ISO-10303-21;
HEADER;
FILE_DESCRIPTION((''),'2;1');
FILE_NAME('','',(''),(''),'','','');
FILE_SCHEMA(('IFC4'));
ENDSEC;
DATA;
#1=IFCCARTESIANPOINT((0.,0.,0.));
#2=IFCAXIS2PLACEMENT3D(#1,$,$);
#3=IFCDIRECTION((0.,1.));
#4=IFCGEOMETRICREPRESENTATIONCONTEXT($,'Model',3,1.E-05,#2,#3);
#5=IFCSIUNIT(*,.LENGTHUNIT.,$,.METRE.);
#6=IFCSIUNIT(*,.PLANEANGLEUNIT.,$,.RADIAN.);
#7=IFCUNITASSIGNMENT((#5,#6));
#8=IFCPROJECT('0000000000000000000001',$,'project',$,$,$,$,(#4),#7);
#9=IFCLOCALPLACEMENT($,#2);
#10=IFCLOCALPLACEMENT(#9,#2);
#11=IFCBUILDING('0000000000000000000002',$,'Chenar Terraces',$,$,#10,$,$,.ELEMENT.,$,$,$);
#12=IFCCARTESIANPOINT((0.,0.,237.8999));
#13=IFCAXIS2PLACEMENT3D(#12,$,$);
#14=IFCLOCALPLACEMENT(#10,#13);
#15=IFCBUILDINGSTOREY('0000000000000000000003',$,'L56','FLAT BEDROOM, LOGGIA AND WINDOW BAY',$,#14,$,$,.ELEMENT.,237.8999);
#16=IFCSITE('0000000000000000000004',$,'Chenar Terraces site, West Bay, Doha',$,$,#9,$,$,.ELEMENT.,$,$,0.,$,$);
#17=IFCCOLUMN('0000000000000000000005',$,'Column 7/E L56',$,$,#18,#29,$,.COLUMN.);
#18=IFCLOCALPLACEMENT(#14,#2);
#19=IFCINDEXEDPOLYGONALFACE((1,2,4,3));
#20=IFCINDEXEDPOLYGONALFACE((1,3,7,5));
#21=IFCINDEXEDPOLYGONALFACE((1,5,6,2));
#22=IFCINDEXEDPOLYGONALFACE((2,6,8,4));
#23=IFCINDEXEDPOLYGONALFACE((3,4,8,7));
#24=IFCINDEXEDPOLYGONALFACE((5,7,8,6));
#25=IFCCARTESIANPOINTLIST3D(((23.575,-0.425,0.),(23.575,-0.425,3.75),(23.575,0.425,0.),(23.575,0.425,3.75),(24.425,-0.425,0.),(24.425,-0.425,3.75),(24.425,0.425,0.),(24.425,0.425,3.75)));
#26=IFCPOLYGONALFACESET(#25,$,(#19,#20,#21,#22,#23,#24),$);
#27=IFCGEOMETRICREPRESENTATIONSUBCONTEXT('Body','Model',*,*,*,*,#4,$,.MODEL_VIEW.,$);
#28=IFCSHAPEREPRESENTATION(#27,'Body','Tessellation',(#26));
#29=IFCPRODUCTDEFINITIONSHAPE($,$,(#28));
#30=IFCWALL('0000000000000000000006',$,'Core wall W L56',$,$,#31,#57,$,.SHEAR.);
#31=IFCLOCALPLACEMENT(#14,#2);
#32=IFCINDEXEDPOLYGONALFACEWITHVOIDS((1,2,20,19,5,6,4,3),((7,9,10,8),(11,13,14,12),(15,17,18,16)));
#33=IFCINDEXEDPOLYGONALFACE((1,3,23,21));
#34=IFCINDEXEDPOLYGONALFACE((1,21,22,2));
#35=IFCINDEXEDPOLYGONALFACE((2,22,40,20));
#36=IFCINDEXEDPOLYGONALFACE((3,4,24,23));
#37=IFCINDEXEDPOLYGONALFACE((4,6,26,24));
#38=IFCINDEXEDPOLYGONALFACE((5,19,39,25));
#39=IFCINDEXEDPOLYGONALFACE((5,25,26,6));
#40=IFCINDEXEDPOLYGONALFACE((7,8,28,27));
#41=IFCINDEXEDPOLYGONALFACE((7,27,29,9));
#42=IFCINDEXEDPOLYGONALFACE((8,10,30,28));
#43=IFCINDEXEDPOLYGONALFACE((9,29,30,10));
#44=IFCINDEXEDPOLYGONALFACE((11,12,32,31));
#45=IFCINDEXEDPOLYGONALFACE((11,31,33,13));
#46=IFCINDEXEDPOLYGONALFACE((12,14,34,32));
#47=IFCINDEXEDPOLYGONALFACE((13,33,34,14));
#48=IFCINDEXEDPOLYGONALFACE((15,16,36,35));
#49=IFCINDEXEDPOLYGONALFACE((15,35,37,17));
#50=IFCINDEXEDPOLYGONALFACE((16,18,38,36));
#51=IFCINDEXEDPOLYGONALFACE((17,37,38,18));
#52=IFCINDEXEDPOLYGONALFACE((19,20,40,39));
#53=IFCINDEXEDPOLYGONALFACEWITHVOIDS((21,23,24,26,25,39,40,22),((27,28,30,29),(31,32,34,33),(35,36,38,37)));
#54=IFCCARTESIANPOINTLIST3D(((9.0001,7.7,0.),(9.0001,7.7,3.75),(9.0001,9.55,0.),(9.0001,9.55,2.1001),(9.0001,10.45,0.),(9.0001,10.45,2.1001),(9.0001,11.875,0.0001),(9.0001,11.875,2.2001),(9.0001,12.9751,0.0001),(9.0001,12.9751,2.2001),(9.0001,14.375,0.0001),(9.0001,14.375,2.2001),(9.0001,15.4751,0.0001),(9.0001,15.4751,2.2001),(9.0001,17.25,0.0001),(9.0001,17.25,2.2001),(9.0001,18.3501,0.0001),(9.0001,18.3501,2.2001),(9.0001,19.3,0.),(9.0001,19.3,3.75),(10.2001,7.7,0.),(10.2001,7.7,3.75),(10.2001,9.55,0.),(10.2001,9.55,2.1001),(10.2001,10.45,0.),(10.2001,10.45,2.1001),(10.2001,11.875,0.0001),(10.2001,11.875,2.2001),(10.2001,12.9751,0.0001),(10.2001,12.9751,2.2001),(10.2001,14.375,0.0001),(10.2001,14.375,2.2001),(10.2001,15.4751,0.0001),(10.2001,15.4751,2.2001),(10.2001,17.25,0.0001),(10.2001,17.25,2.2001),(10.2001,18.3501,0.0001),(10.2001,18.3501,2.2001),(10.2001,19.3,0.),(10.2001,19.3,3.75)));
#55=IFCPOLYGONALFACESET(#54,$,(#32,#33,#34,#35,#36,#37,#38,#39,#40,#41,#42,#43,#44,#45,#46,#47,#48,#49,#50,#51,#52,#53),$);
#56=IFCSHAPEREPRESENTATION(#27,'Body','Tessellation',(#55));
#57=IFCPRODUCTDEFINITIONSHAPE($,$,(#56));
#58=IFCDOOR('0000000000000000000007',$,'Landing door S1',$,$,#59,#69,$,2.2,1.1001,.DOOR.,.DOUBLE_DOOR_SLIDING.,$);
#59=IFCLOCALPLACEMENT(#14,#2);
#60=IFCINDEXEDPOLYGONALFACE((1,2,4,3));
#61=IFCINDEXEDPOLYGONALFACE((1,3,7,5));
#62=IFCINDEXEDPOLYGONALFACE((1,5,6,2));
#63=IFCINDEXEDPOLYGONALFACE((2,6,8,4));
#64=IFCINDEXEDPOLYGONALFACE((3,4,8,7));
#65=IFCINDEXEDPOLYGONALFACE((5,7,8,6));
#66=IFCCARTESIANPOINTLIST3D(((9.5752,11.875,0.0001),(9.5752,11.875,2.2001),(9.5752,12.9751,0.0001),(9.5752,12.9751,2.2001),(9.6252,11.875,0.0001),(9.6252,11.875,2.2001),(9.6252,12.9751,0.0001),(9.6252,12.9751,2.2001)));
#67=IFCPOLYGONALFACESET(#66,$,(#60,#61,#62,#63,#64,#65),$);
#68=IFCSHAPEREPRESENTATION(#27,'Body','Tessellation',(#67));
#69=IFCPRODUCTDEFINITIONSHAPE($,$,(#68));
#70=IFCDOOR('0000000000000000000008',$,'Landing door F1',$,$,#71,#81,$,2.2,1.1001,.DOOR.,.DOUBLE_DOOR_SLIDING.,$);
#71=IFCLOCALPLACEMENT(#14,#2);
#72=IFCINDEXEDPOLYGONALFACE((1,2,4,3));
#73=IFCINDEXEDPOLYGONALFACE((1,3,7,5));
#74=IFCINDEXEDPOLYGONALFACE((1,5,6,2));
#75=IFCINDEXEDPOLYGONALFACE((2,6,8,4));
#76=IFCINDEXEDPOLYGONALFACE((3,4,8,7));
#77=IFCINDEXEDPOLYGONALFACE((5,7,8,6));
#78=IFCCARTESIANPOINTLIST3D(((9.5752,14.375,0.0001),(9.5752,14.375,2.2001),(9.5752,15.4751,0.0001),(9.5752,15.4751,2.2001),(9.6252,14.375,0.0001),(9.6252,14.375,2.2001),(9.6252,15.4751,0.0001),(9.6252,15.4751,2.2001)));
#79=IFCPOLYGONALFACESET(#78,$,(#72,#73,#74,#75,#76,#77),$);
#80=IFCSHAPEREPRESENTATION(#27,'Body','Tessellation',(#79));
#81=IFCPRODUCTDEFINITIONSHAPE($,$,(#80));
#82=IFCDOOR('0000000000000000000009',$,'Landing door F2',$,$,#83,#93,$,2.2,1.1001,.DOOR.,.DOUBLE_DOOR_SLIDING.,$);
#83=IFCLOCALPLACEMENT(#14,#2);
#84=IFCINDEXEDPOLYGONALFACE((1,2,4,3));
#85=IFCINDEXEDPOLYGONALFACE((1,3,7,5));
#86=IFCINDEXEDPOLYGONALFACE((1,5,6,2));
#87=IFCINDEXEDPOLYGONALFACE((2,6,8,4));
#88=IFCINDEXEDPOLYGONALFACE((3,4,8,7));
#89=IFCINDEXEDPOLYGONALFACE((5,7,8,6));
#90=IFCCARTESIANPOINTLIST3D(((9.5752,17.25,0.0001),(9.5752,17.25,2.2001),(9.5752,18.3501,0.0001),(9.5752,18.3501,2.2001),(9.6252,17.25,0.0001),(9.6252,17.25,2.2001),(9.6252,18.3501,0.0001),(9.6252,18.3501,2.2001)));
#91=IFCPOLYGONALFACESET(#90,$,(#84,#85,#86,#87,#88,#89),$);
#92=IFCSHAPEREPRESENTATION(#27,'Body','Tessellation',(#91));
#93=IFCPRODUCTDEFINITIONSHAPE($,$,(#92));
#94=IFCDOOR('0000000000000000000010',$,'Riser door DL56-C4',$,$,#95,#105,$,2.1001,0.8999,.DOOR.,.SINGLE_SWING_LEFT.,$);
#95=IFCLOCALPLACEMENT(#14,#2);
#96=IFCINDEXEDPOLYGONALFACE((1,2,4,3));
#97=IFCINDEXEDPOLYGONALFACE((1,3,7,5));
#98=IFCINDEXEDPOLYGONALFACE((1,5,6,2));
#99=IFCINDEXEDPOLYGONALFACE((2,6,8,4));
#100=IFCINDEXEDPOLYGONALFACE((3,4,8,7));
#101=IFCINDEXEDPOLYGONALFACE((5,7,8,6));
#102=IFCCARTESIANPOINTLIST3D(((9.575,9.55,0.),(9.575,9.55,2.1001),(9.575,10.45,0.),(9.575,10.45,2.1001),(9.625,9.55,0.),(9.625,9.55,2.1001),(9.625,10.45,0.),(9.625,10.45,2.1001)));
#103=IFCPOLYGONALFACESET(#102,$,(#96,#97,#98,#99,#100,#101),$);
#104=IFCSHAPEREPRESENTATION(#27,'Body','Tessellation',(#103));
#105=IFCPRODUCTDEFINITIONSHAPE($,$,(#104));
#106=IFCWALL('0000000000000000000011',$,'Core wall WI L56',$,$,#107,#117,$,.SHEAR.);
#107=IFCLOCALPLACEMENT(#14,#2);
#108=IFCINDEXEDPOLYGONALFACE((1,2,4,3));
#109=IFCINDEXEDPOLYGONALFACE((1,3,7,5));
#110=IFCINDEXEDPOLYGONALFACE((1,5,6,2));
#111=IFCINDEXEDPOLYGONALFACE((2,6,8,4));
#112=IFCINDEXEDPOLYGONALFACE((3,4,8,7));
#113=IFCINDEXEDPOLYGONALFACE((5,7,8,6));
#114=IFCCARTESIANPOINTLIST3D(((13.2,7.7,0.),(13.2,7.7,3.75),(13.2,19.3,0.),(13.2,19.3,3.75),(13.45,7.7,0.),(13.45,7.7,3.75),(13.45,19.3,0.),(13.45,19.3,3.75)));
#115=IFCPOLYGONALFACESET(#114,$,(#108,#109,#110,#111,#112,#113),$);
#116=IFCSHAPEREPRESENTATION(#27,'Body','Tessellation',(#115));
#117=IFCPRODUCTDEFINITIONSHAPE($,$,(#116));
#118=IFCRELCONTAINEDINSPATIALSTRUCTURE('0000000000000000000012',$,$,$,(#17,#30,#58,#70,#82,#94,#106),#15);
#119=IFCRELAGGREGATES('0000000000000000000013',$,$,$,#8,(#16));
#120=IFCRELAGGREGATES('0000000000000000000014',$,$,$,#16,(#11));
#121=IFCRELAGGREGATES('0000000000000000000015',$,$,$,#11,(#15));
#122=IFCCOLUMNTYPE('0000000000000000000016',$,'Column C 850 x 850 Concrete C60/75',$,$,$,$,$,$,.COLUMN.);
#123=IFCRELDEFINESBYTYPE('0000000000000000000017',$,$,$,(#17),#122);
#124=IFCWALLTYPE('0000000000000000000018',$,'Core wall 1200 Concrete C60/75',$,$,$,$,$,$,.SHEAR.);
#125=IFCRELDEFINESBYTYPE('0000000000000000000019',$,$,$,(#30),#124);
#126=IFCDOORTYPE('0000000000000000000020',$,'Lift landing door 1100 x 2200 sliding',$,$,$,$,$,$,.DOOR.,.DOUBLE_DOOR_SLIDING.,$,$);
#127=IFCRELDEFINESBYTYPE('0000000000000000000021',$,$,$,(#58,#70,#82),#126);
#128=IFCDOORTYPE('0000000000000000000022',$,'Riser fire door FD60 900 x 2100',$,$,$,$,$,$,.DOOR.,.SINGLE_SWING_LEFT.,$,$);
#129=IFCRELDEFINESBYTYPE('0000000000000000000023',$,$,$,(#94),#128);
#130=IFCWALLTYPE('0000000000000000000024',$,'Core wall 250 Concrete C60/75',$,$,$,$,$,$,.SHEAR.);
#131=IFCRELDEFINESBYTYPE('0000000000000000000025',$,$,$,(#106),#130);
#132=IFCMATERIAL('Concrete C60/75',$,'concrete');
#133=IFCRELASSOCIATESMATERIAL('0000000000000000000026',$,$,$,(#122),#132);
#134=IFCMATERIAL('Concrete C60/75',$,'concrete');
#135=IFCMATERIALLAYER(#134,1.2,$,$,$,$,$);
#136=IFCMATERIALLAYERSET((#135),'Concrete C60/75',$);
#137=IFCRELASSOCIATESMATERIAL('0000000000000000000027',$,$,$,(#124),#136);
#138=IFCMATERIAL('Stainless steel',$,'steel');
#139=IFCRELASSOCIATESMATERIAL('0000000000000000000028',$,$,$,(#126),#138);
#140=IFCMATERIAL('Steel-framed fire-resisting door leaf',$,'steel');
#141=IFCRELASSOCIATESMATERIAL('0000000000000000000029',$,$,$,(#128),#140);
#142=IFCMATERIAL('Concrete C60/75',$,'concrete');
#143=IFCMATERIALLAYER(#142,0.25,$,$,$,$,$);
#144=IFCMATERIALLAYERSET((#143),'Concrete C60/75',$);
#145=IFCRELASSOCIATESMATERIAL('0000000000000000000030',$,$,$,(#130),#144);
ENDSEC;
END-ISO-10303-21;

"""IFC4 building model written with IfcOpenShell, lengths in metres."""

from ifc_helpers import new_model, si_unit, direction, frame, frame_2d, origin, origin_2d, place, context, subcontext, project, spatial, rectangle, extrude, material, layer, layer_set, material_profile, profile_set, type_object, element, fill, save


model = new_model("IFC4")

# Units and contexts
model_context = context("Model", 3, precision=1e-05, world=origin(), true_north=direction((0.0, 1.0)))
body_context = subcontext(model_context, "Body", "Model", "MODEL_VIEW")
ifc_project = project(units=[si_unit("LENGTHUNIT", "METRE"), si_unit("PLANEANGLEUNIT", "RADIAN")], contexts=[model_context])

# Site, building, storey
site_placement = place(None, origin())
site = spatial("IfcSite", under=ifc_project, at=site_placement, Name="Chenar Terraces site, West Bay, Doha", CompositionType="ELEMENT", RefElevation=0.0)
building_placement = place(site_placement, origin())
building = spatial("IfcBuilding", under=site, at=building_placement, Name="Chenar Terraces", CompositionType="ELEMENT")
storey_placement = place(building_placement, frame((0.0, 0.0, 237.8999)))
storey = spatial("IfcBuildingStorey", under=building, at=storey_placement, Name="L56", Description="FLAT BEDROOM, LOGGIA AND WINDOW BAY", CompositionType="ELEMENT", Elevation=237.8999)

# Column
ifc_material_1 = material(Name="Concrete C60/75", Category="concrete")
ifc_material_profile = material_profile(ifc_material_1, rectangle(XDim=0.8501, YDim=0.8501, at=origin_2d()), Name="C 850 x 850")
ifc_profile_set = profile_set([ifc_material_profile], Name="Concrete C60/75")
column_type = type_object("IfcColumnType", Name="Column C 850 x 850 Concrete C60/75", PredefinedType="COLUMN", material=ifc_profile_set)
column_placement = place(storey_placement, frame((24.0, 0.0, 0.0), z_axis=(0.0, 0.0, 1.0), x_axis=(1.0, 0.0, 0.0)))
element("IfcColumn", 1, at=column_placement, inside=storey, type_object=column_type, Name="Column 7/E L56", PredefinedType="COLUMN", context=body_context, shape_type="SweptSolid", body=[
    extrude(rectangle(XDim=0.8501, YDim=0.8501, at=origin_2d()), origin(), (0.0, 0.0, 1.0), 3.75),
])

# Wall, openings, doors
ifc_material_2 = material(Name="Concrete C60/75", Category="concrete")
ifc_layer_1 = layer(ifc_material_2, 1.2)
ifc_layer_set_1 = layer_set([ifc_layer_1], Name="Concrete C60/75")
wall_type_1 = type_object("IfcWallType", Name="Core wall 1200 Concrete C60/75", PredefinedType="SHEAR", material=ifc_layer_set_1)
wall_1_placement = place(storey_placement, frame((9.6001, 7.7, 0.0), z_axis=(0.0, 0.0, 1.0), x_axis=(0.0, 1.0, 0.0)))
wall_1 = element("IfcWall", 2, at=wall_1_placement, inside=storey, type_object=wall_type_1, Name="Core wall W L56", PredefinedType="SHEAR", context=body_context, shape_type="SweptSolid", body=[
    extrude(rectangle(XDim=11.6001, YDim=1.2, at=frame_2d((5.8, 0.0))), origin(), (0.0, 0.0, 1.0), 3.75),
])
opening_1_placement = place(wall_1_placement, frame((4.175, 0.0, 0.0)))
opening_1 = element("IfcOpeningElement", 3, at=opening_1_placement, cuts=wall_1, PredefinedType="OPENING", context=body_context, shape_type="SweptSolid", body=[
    extrude(rectangle(XDim=1.1001, YDim=2.2, at=frame_2d((0.55, 1.1001))), frame((0.0, 0.6099, 0.0), z_axis=(0.0, -1.0, 0.0), x_axis=(1.0, 0.0, 0.0)), (0.0, 0.0, 1.0), 1.22),
])
opening_2_placement = place(wall_1_placement, frame((6.675, 0.0, 0.0)))
opening_2 = element("IfcOpeningElement", 4, at=opening_2_placement, cuts=wall_1, PredefinedType="OPENING", context=body_context, shape_type="SweptSolid", body=[
    extrude(rectangle(XDim=1.1001, YDim=2.2, at=frame_2d((0.55, 1.1001))), frame((0.0, 0.6099, 0.0), z_axis=(0.0, -1.0, 0.0), x_axis=(1.0, 0.0, 0.0)), (0.0, 0.0, 1.0), 1.22),
])
opening_3_placement = place(wall_1_placement, frame((9.55, 0.0, 0.0)))
opening_3 = element("IfcOpeningElement", 5, at=opening_3_placement, cuts=wall_1, PredefinedType="OPENING", context=body_context, shape_type="SweptSolid", body=[
    extrude(rectangle(XDim=1.1001, YDim=2.2, at=frame_2d((0.55, 1.1001))), frame((0.0, 0.6099, 0.0), z_axis=(0.0, -1.0, 0.0), x_axis=(1.0, 0.0, 0.0)), (0.0, 0.0, 1.0), 1.22),
])
opening_4_placement = place(wall_1_placement, frame((1.8501, 0.0, 0.0)))
opening_4 = element("IfcOpeningElement", 6, at=opening_4_placement, cuts=wall_1, PredefinedType="OPENING", context=body_context, shape_type="SweptSolid", body=[
    extrude(rectangle(XDim=0.8999, YDim=2.1001, at=frame_2d((0.45, 1.05))), frame((0.0, 0.6099, 0.0), z_axis=(0.0, -1.0, 0.0), x_axis=(1.0, 0.0, 0.0)), (0.0, 0.0, 1.0), 1.22),
])
ifc_material_3 = material(Name="Stainless steel", Category="steel")
door_type_1 = type_object("IfcDoorType", Name="Lift landing door 1100 x 2200 sliding", OperationType="DOUBLE_DOOR_SLIDING", PredefinedType="DOOR", material=ifc_material_3)
door_1_placement = place(opening_1_placement, origin())
door_1 = element("IfcDoor", 7, at=door_1_placement, inside=storey, type_object=door_type_1, Name="Landing door S1", OperationType="DOUBLE_DOOR_SLIDING", OverallHeight=2.2, OverallWidth=1.1001, PredefinedType="DOOR", context=body_context, shape_type="SweptSolid", body=[
    extrude(rectangle(XDim=1.1001, YDim=2.2, at=frame_2d((0.55, 1.1001))), frame((0.0, 0.0249, 0.0), z_axis=(0.0, -1.0, 0.0), x_axis=(1.0, 0.0, 0.0)), (0.0, 0.0, 1.0), 0.05),
])
fill(opening_1, door_1)
door_2_placement = place(opening_2_placement, origin())
door_2 = element("IfcDoor", 8, at=door_2_placement, inside=storey, type_object=door_type_1, Name="Landing door F1", OperationType="DOUBLE_DOOR_SLIDING", OverallHeight=2.2, OverallWidth=1.1001, PredefinedType="DOOR", context=body_context, shape_type="SweptSolid", body=[
    extrude(rectangle(XDim=1.1001, YDim=2.2, at=frame_2d((0.55, 1.1001))), frame((0.0, 0.0249, 0.0), z_axis=(0.0, -1.0, 0.0), x_axis=(1.0, 0.0, 0.0)), (0.0, 0.0, 1.0), 0.05),
])
fill(opening_2, door_2)
door_3_placement = place(opening_3_placement, origin())
door_3 = element("IfcDoor", 9, at=door_3_placement, inside=storey, type_object=door_type_1, Name="Landing door F2", OperationType="DOUBLE_DOOR_SLIDING", OverallHeight=2.2, OverallWidth=1.1001, PredefinedType="DOOR", context=body_context, shape_type="SweptSolid", body=[
    extrude(rectangle(XDim=1.1001, YDim=2.2, at=frame_2d((0.55, 1.1001))), frame((0.0, 0.0249, 0.0), z_axis=(0.0, -1.0, 0.0), x_axis=(1.0, 0.0, 0.0)), (0.0, 0.0, 1.0), 0.05),
])
fill(opening_3, door_3)
ifc_material_4 = material(Name="Steel-framed fire-resisting door leaf", Category="steel")
door_type_2 = type_object("IfcDoorType", Name="Riser fire door FD60 900 x 2100", OperationType="SINGLE_SWING_LEFT", PredefinedType="DOOR", material=ifc_material_4)
door_4_placement = place(opening_4_placement, frame((0.8999, 0.0, 0.0), z_axis=(0.0, 0.0, 1.0), x_axis=(-1.0, 0.0, 0.0)))
door_4 = element("IfcDoor", 10, at=door_4_placement, inside=storey, type_object=door_type_2, Name="Riser door DL56-C4", OperationType="SINGLE_SWING_LEFT", OverallHeight=2.1001, OverallWidth=0.8999, PredefinedType="DOOR", context=body_context, shape_type="SweptSolid", body=[
    extrude(rectangle(XDim=0.8999, YDim=2.1001, at=frame_2d((0.45, 1.05))), frame((0.0, 0.0249, 0.0), z_axis=(0.0, -1.0, 0.0), x_axis=(1.0, 0.0, 0.0)), (0.0, 0.0, 1.0), 0.05),
])
fill(opening_4, door_4)

# Wall
ifc_material_5 = material(Name="Concrete C60/75", Category="concrete")
ifc_layer_2 = layer(ifc_material_5, 0.25)
ifc_layer_set_2 = layer_set([ifc_layer_2], Name="Concrete C60/75")
wall_type_2 = type_object("IfcWallType", Name="Core wall 250 Concrete C60/75", PredefinedType="SHEAR", material=ifc_layer_set_2)
wall_2_placement = place(storey_placement, frame((13.325, 7.7, 0.0), z_axis=(0.0, 0.0, 1.0), x_axis=(0.0, 1.0, 0.0)))
element("IfcWall", 11, at=wall_2_placement, inside=storey, type_object=wall_type_2, Name="Core wall WI L56", PredefinedType="SHEAR", context=body_context, shape_type="SweptSolid", body=[
    extrude(rectangle(XDim=11.6001, YDim=0.25, at=frame_2d((5.8, 0.0))), origin(), (0.0, 0.0, 1.0), 3.75),
])

save(model, "model.ifc")
